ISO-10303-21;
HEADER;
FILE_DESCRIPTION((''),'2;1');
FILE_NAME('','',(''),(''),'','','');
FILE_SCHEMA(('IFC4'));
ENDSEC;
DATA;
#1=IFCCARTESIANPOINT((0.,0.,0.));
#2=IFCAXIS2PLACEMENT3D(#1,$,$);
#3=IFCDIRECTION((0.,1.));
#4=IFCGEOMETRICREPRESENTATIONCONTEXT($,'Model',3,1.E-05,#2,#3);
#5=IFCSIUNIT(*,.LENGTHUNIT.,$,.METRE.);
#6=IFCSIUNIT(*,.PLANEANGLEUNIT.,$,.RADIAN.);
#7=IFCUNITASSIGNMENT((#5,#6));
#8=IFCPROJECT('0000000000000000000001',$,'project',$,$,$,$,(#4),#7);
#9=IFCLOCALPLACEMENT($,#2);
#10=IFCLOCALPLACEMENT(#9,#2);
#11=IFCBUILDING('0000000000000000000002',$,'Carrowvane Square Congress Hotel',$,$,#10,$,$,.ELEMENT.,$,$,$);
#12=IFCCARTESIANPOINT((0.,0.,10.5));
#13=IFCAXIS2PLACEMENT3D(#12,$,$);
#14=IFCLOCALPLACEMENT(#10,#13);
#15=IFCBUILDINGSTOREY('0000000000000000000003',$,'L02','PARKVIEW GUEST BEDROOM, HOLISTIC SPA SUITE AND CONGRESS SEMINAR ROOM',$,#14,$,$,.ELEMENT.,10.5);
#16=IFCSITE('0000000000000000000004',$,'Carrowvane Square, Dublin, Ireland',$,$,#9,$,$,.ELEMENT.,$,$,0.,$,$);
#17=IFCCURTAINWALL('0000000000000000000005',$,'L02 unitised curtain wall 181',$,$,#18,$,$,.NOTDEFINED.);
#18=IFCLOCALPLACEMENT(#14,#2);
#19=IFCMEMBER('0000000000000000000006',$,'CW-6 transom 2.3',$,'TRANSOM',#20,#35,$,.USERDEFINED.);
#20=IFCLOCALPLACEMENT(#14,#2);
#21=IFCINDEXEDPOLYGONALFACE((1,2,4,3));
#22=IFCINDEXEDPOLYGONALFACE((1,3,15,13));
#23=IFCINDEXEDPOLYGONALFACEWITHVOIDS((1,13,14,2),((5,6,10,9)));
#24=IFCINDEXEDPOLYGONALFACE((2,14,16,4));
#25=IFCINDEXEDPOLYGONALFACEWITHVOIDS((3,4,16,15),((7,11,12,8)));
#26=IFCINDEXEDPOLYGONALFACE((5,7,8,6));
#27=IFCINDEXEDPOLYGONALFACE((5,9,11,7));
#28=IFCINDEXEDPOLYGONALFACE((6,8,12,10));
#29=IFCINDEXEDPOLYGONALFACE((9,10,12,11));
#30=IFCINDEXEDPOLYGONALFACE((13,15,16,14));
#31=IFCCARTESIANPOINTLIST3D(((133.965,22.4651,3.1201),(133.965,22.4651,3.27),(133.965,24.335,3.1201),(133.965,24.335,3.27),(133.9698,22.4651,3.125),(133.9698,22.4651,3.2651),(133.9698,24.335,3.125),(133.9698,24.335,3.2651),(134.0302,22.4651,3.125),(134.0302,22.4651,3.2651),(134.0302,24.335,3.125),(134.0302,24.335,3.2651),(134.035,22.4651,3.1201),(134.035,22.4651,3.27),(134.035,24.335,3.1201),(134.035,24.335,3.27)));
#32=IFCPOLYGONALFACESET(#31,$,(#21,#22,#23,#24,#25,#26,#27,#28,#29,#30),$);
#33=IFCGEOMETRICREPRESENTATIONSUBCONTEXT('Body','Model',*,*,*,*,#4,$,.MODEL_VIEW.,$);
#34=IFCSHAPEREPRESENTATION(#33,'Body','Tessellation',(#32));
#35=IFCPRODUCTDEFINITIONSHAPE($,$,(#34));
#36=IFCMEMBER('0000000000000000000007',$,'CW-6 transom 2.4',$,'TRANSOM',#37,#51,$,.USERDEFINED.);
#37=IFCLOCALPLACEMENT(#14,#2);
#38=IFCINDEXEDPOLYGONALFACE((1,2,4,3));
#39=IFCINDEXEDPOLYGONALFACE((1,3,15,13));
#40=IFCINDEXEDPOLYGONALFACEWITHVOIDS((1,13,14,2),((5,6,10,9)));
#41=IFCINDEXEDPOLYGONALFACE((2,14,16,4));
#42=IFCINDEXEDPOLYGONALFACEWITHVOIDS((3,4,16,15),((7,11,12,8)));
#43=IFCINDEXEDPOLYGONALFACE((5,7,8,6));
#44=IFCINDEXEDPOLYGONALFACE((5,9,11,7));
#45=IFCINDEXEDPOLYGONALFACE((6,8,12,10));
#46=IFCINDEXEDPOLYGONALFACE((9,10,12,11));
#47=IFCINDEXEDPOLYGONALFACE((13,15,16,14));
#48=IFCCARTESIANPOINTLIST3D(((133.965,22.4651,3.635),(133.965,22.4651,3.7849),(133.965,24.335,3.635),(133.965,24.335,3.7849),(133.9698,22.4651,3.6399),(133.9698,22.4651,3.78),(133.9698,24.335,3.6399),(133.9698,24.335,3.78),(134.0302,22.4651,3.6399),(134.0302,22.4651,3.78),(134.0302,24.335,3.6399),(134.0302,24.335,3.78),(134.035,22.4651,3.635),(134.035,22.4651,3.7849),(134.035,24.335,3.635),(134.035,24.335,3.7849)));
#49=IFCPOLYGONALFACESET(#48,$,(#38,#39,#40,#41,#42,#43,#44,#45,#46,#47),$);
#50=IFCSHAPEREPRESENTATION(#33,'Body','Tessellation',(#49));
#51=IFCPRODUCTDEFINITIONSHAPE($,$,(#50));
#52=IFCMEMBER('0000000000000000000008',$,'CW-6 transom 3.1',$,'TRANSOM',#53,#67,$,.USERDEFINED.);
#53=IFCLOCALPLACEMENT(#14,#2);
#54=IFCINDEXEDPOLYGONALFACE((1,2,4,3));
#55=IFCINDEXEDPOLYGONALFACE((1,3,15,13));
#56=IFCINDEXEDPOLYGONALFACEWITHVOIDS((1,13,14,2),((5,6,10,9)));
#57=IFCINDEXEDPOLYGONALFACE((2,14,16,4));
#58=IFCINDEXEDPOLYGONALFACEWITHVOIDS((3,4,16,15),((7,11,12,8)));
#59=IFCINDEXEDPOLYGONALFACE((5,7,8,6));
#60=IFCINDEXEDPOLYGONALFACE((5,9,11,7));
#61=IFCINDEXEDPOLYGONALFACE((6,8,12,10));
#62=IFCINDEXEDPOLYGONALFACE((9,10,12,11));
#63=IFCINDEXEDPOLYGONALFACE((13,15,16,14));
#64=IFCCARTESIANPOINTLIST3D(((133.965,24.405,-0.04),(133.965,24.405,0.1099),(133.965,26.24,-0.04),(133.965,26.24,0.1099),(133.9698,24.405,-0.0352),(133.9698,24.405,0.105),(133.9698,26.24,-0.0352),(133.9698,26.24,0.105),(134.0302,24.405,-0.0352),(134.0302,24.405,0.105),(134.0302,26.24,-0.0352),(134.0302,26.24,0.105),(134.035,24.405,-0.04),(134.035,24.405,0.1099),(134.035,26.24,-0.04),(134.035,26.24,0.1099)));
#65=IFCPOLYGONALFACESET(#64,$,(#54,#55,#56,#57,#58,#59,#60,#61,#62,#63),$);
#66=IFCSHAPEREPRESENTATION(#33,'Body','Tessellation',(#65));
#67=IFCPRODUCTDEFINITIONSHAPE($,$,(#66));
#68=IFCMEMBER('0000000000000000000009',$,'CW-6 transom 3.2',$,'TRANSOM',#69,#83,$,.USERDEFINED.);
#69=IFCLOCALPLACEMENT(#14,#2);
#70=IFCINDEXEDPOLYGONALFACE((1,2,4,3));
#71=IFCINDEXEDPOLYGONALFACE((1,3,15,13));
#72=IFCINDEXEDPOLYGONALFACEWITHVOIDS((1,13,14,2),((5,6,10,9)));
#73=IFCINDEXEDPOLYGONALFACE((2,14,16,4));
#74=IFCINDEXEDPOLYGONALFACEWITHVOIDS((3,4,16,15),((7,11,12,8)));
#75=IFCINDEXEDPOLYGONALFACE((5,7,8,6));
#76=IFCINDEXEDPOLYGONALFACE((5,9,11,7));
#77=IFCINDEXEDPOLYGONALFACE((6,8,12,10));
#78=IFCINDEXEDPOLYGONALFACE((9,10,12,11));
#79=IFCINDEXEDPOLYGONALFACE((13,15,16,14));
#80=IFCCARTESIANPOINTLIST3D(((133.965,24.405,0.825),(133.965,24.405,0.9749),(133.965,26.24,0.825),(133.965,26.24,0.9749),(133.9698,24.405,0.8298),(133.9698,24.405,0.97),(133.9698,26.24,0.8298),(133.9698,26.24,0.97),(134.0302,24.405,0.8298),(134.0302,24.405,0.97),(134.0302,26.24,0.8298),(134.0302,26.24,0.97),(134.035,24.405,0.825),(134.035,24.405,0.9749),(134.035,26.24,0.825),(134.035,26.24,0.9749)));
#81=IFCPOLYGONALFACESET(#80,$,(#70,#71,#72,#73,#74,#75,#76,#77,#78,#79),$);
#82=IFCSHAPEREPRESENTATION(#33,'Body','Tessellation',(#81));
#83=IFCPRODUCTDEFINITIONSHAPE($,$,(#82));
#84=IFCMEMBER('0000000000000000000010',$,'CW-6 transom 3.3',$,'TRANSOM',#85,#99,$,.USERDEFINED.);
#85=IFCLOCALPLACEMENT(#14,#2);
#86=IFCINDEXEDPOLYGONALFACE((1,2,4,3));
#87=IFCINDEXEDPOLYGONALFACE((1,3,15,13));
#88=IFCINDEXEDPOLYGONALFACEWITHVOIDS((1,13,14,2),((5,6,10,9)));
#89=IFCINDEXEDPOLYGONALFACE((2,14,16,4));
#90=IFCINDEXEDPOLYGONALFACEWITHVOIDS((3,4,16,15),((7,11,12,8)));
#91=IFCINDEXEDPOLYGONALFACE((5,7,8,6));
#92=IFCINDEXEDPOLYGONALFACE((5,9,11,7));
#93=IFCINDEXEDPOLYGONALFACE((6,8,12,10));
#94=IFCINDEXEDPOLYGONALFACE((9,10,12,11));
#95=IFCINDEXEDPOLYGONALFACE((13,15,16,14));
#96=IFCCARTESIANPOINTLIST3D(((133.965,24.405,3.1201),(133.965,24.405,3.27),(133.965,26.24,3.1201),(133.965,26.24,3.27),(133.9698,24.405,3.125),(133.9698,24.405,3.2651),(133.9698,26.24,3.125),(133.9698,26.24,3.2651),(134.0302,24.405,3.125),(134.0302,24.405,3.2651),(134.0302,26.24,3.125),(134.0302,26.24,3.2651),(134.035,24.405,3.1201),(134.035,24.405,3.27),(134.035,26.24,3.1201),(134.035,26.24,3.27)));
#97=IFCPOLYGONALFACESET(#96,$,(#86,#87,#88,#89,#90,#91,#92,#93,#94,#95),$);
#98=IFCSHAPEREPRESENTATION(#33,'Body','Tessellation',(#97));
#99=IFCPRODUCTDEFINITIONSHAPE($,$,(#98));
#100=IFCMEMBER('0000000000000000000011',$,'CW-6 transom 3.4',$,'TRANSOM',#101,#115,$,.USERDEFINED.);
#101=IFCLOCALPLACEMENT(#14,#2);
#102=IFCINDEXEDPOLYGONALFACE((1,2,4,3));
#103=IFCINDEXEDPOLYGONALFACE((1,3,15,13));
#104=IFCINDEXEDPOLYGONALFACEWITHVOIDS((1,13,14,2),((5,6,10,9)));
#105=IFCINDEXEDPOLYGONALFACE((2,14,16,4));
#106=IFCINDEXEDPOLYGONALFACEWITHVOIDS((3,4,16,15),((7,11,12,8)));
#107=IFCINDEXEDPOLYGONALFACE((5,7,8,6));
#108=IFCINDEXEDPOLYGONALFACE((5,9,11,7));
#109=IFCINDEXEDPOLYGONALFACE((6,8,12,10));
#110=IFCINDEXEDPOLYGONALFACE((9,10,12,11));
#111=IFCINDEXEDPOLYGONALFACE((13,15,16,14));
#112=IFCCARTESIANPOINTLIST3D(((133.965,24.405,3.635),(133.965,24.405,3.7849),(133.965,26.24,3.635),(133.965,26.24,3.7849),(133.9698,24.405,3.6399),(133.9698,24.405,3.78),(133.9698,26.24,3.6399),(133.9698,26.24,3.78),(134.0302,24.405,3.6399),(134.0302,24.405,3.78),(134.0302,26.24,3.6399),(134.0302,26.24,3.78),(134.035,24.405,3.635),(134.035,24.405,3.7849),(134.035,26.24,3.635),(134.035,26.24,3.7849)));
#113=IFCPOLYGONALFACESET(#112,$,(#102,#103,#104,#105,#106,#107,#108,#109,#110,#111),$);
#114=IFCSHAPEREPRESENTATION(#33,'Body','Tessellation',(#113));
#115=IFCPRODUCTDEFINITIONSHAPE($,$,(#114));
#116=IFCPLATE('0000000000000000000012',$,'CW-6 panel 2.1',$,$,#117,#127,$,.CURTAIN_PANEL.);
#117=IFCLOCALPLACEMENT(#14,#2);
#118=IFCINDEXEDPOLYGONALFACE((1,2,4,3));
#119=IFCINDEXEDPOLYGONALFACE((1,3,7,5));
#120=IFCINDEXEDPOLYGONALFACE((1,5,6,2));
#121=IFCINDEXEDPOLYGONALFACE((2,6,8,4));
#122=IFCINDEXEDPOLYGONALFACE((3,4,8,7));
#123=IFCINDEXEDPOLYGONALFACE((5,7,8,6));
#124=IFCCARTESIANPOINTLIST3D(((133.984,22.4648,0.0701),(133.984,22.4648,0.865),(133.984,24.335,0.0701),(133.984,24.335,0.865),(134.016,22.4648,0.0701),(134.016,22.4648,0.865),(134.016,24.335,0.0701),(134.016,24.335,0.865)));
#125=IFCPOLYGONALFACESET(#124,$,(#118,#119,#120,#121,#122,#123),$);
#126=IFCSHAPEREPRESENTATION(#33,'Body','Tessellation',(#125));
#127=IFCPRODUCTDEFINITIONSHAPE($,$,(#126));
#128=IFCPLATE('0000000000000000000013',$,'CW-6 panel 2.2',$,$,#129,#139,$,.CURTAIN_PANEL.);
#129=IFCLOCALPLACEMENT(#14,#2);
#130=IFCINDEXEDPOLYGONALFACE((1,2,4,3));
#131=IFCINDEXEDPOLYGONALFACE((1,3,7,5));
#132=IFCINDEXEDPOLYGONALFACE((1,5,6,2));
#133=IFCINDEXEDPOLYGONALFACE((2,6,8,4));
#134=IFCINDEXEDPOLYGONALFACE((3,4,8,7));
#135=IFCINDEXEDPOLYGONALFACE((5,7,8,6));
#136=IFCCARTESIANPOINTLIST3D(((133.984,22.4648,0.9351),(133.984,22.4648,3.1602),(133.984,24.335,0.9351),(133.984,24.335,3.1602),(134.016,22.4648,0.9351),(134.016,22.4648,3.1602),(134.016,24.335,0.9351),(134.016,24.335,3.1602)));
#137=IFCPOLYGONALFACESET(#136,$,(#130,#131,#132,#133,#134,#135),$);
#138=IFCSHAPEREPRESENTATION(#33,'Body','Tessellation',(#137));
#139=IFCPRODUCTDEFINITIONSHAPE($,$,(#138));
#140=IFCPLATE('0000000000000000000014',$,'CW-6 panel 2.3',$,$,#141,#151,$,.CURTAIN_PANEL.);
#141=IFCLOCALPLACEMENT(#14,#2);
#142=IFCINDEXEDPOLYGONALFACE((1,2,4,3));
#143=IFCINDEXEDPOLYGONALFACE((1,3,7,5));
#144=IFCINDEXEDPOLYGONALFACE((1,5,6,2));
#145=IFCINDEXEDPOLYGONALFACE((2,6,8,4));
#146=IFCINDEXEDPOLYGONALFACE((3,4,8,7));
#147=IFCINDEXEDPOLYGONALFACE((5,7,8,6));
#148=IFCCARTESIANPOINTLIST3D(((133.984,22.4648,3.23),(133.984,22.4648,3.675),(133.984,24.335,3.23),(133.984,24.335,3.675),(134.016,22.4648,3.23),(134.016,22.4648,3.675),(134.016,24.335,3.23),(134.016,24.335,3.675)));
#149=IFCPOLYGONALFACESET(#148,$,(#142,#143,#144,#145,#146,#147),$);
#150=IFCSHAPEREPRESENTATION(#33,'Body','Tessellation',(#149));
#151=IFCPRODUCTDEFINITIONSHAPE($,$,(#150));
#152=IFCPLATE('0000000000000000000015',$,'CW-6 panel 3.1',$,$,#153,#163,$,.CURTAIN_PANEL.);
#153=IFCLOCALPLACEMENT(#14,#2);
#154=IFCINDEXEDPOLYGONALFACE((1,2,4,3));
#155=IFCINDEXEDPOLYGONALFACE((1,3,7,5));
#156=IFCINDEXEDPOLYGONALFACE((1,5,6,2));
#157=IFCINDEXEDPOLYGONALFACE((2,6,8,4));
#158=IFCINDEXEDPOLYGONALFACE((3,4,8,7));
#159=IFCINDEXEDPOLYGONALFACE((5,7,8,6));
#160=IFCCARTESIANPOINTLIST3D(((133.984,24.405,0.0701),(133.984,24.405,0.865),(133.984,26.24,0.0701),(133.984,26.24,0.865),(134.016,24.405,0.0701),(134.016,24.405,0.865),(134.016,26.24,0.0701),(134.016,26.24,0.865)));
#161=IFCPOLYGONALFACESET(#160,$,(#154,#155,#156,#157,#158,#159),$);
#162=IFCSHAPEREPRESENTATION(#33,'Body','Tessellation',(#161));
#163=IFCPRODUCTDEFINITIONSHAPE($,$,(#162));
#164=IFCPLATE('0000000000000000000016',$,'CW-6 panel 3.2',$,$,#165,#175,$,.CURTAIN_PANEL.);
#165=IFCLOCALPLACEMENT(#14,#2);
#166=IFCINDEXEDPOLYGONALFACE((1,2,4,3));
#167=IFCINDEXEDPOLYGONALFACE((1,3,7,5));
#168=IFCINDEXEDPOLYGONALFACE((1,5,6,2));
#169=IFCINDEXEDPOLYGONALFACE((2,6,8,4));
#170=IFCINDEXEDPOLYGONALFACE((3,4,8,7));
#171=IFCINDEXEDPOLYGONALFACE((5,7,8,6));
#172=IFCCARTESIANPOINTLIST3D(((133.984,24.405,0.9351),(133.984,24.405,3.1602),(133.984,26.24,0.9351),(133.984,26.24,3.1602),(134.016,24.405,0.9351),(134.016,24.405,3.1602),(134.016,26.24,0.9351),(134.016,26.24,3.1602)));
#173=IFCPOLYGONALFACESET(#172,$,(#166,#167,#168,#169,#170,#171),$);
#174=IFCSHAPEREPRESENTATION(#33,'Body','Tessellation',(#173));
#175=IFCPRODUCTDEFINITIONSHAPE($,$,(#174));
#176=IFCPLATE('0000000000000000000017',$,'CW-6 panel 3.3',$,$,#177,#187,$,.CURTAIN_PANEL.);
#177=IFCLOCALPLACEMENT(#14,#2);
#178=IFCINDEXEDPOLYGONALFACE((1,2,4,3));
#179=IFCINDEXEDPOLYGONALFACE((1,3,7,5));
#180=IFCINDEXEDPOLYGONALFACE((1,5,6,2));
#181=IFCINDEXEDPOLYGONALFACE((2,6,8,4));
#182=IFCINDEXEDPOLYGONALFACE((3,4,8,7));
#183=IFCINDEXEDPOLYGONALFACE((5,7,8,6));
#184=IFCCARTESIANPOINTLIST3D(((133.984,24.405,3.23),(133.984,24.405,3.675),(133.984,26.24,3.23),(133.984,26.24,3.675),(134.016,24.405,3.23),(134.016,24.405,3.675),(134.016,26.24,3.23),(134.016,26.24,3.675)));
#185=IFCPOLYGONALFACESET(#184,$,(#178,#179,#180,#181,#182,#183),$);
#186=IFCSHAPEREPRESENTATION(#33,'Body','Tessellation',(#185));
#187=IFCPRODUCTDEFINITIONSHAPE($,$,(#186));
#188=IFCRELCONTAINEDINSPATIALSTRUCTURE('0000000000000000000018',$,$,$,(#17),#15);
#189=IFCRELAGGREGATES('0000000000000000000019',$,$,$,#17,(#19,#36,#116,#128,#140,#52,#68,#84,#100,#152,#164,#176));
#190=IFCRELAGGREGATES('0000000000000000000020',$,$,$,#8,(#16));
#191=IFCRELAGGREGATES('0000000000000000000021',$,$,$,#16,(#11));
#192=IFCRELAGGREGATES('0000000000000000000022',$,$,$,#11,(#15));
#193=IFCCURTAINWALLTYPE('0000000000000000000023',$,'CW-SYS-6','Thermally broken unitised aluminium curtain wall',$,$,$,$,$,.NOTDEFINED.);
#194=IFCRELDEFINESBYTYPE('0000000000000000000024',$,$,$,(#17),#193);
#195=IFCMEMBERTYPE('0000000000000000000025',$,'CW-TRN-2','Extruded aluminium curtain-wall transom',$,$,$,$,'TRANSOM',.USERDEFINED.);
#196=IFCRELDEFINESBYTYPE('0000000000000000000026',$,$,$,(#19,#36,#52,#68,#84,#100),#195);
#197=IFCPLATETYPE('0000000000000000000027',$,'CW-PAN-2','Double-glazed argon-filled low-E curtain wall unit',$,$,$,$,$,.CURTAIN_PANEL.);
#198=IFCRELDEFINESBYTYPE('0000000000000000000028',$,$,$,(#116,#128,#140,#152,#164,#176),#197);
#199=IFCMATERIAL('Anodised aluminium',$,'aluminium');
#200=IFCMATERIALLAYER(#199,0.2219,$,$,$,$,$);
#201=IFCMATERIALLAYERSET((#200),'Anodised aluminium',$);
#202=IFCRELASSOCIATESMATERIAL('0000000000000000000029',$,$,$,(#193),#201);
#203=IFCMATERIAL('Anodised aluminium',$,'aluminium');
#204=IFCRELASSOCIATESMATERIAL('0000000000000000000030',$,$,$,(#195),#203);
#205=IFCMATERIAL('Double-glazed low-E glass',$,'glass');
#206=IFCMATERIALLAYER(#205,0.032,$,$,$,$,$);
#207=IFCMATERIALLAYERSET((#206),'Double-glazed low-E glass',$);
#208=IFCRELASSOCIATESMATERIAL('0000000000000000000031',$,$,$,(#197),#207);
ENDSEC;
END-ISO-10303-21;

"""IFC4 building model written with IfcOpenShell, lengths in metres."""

from ifc_helpers import new_model, si_unit, direction, frame, origin, origin_2d, place, context, subcontext, project, spatial, rectangle, hollow_rectangle, extrude, material, layer, layer_set, material_profile, profile_set, type_object, element, aggregate, save


model = new_model("IFC4")

# Units and contexts
model_context = context("Model", 3, precision=1e-05, world=origin(), true_north=direction((0.0, 1.0)))
body_context = subcontext(model_context, "Body", "Model", "MODEL_VIEW")
ifc_project = project(units=[si_unit("LENGTHUNIT", "METRE"), si_unit("PLANEANGLEUNIT", "RADIAN")], contexts=[model_context])

# Site, building, storey
site_placement = place(None, origin())
site = spatial("IfcSite", under=ifc_project, at=site_placement, Name="Carrowvane Square, Dublin, Ireland", CompositionType="ELEMENT", RefElevation=0.0)
building_placement = place(site_placement, origin())
building = spatial("IfcBuilding", under=site, at=building_placement, Name="Carrowvane Square Congress Hotel", CompositionType="ELEMENT")
storey_placement = place(building_placement, frame((0.0, 0.0, 10.5)))
storey = spatial("IfcBuildingStorey", under=building, at=storey_placement, Name="L02", Description="PARKVIEW GUEST BEDROOM, HOLISTIC SPA SUITE AND CONGRESS SEMINAR ROOM", CompositionType="ELEMENT", Elevation=10.5)

# Curtain wall
ifc_material_1 = material(Name="Anodised aluminium", Category="aluminium")
ifc_layer_1 = layer(ifc_material_1, 0.2219)
ifc_layer_set_1 = layer_set([ifc_layer_1], Name="Anodised aluminium")
curtain_wall_type_1 = type_object("IfcCurtainWallType", Name="CW-SYS-6", Description="Thermally broken unitised aluminium curtain wall", PredefinedType="NOTDEFINED", material=ifc_layer_set_1)
curtain_wall_1_placement = place(storey_placement, origin())
curtain_wall_1 = element("IfcCurtainWall", 1, at=curtain_wall_1_placement, inside=storey, type_object=curtain_wall_type_1, Name="L02 unitised curtain wall 181", PredefinedType="NOTDEFINED")

# Members
ifc_material_2 = material(Name="Anodised aluminium", Category="aluminium")
ifc_material_profile_1 = material_profile(ifc_material_2, hollow_rectangle(XDim=0.0701, YDim=0.1499, WallThickness=0.0049, at=origin_2d()), Name="CW-TR 70x150x5")
ifc_profile_set_1 = profile_set([ifc_material_profile_1], Name="Anodised aluminium")
member_type_1 = type_object("IfcMemberType", Name="CW-TRN-2", Description="Extruded aluminium curtain-wall transom", ElementType="TRANSOM", PredefinedType="USERDEFINED", material=ifc_profile_set_1)
member_1_placement = place(storey_placement, frame((134.0, 22.4651, 3.1951), z_axis=(0.0, 1.0, 0.0), x_axis=(-1.0, 0.0, 0.0)))
member_1 = element("IfcMember", 2, at=member_1_placement, type_object=member_type_1, Name="CW-6 transom 2.3", ObjectType="TRANSOM", PredefinedType="USERDEFINED", context=body_context, shape_type="SweptSolid", body=[
    extrude(hollow_rectangle(XDim=0.0701, YDim=0.1499, WallThickness=0.0049, at=origin_2d()), origin(), (0.0, 0.0, 1.0), 1.8699),
])
member_2_placement = place(storey_placement, frame((134.0, 22.4651, 3.71), z_axis=(0.0, 1.0, 0.0), x_axis=(-1.0, 0.0, 0.0)))
member_2 = element("IfcMember", 3, at=member_2_placement, type_object=member_type_1, Name="CW-6 transom 2.4", ObjectType="TRANSOM", PredefinedType="USERDEFINED", context=body_context, shape_type="SweptSolid", body=[
    extrude(hollow_rectangle(XDim=0.0701, YDim=0.1499, WallThickness=0.0049, at=origin_2d()), origin(), (0.0, 0.0, 1.0), 1.8699),
])
member_3_placement = place(storey_placement, frame((134.0, 24.405, 0.0349), z_axis=(0.0, 1.0, 0.0), x_axis=(-1.0, 0.0, 0.0)))
member_3 = element("IfcMember", 4, at=member_3_placement, type_object=member_type_1, Name="CW-6 transom 3.1", ObjectType="TRANSOM", PredefinedType="USERDEFINED", context=body_context, shape_type="SweptSolid", body=[
    extrude(hollow_rectangle(XDim=0.0701, YDim=0.1499, WallThickness=0.0049, at=origin_2d()), origin(), (0.0, 0.0, 1.0), 1.835),
])
member_4_placement = place(storey_placement, frame((134.0, 24.405, 0.8999), z_axis=(0.0, 1.0, 0.0), x_axis=(-1.0, 0.0, 0.0)))
member_4 = element("IfcMember", 5, at=member_4_placement, type_object=member_type_1, Name="CW-6 transom 3.2", ObjectType="TRANSOM", PredefinedType="USERDEFINED", context=body_context, shape_type="SweptSolid", body=[
    extrude(hollow_rectangle(XDim=0.0701, YDim=0.1499, WallThickness=0.0049, at=origin_2d()), origin(), (0.0, 0.0, 1.0), 1.835),
])
member_5_placement = place(storey_placement, frame((134.0, 24.405, 3.1951), z_axis=(0.0, 1.0, 0.0), x_axis=(-1.0, 0.0, 0.0)))
member_5 = element("IfcMember", 6, at=member_5_placement, type_object=member_type_1, Name="CW-6 transom 3.3", ObjectType="TRANSOM", PredefinedType="USERDEFINED", context=body_context, shape_type="SweptSolid", body=[
    extrude(hollow_rectangle(XDim=0.0701, YDim=0.1499, WallThickness=0.0049, at=origin_2d()), origin(), (0.0, 0.0, 1.0), 1.835),
])
member_6_placement = place(storey_placement, frame((134.0, 24.405, 3.71), z_axis=(0.0, 1.0, 0.0), x_axis=(-1.0, 0.0, 0.0)))
member_6 = element("IfcMember", 7, at=member_6_placement, type_object=member_type_1, Name="CW-6 transom 3.4", ObjectType="TRANSOM", PredefinedType="USERDEFINED", context=body_context, shape_type="SweptSolid", body=[
    extrude(hollow_rectangle(XDim=0.0701, YDim=0.1499, WallThickness=0.0049, at=origin_2d()), origin(), (0.0, 0.0, 1.0), 1.835),
])

# Plates
ifc_material_3 = material(Name="Double-glazed low-E glass", Category="glass")
ifc_layer_2 = layer(ifc_material_3, 0.032)
ifc_layer_set_2 = layer_set([ifc_layer_2], Name="Double-glazed low-E glass")
plate_type_1 = type_object("IfcPlateType", Name="CW-PAN-2", Description="Double-glazed argon-filled low-E curtain wall unit", PredefinedType="CURTAIN_PANEL", material=ifc_layer_set_2)
plate_1_placement = place(storey_placement, frame((134.0, 23.3999, 0.0701), z_axis=(0.0, 0.0, 1.0), x_axis=(0.0, 1.0, 0.0)))
plate_1 = element("IfcPlate", 8, at=plate_1_placement, type_object=plate_type_1, Name="CW-6 panel 2.1", PredefinedType="CURTAIN_PANEL", context=body_context, shape_type="SweptSolid", body=[
    extrude(rectangle(XDim=1.8701, YDim=0.032, at=origin_2d()), origin(), (0.0, 0.0, 1.0), 0.7949),
])
plate_2_placement = place(storey_placement, frame((134.0, 23.3999, 0.9351), z_axis=(0.0, 0.0, 1.0), x_axis=(0.0, 1.0, 0.0)))
plate_2 = element("IfcPlate", 9, at=plate_2_placement, type_object=plate_type_1, Name="CW-6 panel 2.2", PredefinedType="CURTAIN_PANEL", context=body_context, shape_type="SweptSolid", body=[
    extrude(rectangle(XDim=1.8701, YDim=0.032, at=origin_2d()), origin(), (0.0, 0.0, 1.0), 2.2251),
])
plate_3_placement = place(storey_placement, frame((134.0, 23.3999, 3.23), z_axis=(0.0, 0.0, 1.0), x_axis=(0.0, 1.0, 0.0)))
plate_3 = element("IfcPlate", 10, at=plate_3_placement, type_object=plate_type_1, Name="CW-6 panel 2.3", PredefinedType="CURTAIN_PANEL", context=body_context, shape_type="SweptSolid", body=[
    extrude(rectangle(XDim=1.8701, YDim=0.032, at=origin_2d()), origin(), (0.0, 0.0, 1.0), 0.4451),
])
plate_4_placement = place(storey_placement, frame((134.0, 25.3225, 0.0701), z_axis=(0.0, 0.0, 1.0), x_axis=(0.0, 1.0, 0.0)))
plate_4 = element("IfcPlate", 11, at=plate_4_placement, type_object=plate_type_1, Name="CW-6 panel 3.1", PredefinedType="CURTAIN_PANEL", context=body_context, shape_type="SweptSolid", body=[
    extrude(rectangle(XDim=1.835, YDim=0.032, at=origin_2d()), origin(), (0.0, 0.0, 1.0), 0.7949),
])
plate_5_placement = place(storey_placement, frame((134.0, 25.3225, 0.9351), z_axis=(0.0, 0.0, 1.0), x_axis=(0.0, 1.0, 0.0)))
plate_5 = element("IfcPlate", 12, at=plate_5_placement, type_object=plate_type_1, Name="CW-6 panel 3.2", PredefinedType="CURTAIN_PANEL", context=body_context, shape_type="SweptSolid", body=[
    extrude(rectangle(XDim=1.835, YDim=0.032, at=origin_2d()), origin(), (0.0, 0.0, 1.0), 2.2251),
])
plate_6_placement = place(storey_placement, frame((134.0, 25.3225, 3.23), z_axis=(0.0, 0.0, 1.0), x_axis=(0.0, 1.0, 0.0)))
plate_6 = element("IfcPlate", 13, at=plate_6_placement, type_object=plate_type_1, Name="CW-6 panel 3.3", PredefinedType="CURTAIN_PANEL", context=body_context, shape_type="SweptSolid", body=[
    extrude(rectangle(XDim=1.835, YDim=0.032, at=origin_2d()), origin(), (0.0, 0.0, 1.0), 0.4451),
])
aggregate(curtain_wall_1, [member_1, member_2, plate_1, plate_2, plate_3, member_3, member_4, member_5, member_6, plate_4, plate_5, plate_6])

save(model, "model.ifc")
